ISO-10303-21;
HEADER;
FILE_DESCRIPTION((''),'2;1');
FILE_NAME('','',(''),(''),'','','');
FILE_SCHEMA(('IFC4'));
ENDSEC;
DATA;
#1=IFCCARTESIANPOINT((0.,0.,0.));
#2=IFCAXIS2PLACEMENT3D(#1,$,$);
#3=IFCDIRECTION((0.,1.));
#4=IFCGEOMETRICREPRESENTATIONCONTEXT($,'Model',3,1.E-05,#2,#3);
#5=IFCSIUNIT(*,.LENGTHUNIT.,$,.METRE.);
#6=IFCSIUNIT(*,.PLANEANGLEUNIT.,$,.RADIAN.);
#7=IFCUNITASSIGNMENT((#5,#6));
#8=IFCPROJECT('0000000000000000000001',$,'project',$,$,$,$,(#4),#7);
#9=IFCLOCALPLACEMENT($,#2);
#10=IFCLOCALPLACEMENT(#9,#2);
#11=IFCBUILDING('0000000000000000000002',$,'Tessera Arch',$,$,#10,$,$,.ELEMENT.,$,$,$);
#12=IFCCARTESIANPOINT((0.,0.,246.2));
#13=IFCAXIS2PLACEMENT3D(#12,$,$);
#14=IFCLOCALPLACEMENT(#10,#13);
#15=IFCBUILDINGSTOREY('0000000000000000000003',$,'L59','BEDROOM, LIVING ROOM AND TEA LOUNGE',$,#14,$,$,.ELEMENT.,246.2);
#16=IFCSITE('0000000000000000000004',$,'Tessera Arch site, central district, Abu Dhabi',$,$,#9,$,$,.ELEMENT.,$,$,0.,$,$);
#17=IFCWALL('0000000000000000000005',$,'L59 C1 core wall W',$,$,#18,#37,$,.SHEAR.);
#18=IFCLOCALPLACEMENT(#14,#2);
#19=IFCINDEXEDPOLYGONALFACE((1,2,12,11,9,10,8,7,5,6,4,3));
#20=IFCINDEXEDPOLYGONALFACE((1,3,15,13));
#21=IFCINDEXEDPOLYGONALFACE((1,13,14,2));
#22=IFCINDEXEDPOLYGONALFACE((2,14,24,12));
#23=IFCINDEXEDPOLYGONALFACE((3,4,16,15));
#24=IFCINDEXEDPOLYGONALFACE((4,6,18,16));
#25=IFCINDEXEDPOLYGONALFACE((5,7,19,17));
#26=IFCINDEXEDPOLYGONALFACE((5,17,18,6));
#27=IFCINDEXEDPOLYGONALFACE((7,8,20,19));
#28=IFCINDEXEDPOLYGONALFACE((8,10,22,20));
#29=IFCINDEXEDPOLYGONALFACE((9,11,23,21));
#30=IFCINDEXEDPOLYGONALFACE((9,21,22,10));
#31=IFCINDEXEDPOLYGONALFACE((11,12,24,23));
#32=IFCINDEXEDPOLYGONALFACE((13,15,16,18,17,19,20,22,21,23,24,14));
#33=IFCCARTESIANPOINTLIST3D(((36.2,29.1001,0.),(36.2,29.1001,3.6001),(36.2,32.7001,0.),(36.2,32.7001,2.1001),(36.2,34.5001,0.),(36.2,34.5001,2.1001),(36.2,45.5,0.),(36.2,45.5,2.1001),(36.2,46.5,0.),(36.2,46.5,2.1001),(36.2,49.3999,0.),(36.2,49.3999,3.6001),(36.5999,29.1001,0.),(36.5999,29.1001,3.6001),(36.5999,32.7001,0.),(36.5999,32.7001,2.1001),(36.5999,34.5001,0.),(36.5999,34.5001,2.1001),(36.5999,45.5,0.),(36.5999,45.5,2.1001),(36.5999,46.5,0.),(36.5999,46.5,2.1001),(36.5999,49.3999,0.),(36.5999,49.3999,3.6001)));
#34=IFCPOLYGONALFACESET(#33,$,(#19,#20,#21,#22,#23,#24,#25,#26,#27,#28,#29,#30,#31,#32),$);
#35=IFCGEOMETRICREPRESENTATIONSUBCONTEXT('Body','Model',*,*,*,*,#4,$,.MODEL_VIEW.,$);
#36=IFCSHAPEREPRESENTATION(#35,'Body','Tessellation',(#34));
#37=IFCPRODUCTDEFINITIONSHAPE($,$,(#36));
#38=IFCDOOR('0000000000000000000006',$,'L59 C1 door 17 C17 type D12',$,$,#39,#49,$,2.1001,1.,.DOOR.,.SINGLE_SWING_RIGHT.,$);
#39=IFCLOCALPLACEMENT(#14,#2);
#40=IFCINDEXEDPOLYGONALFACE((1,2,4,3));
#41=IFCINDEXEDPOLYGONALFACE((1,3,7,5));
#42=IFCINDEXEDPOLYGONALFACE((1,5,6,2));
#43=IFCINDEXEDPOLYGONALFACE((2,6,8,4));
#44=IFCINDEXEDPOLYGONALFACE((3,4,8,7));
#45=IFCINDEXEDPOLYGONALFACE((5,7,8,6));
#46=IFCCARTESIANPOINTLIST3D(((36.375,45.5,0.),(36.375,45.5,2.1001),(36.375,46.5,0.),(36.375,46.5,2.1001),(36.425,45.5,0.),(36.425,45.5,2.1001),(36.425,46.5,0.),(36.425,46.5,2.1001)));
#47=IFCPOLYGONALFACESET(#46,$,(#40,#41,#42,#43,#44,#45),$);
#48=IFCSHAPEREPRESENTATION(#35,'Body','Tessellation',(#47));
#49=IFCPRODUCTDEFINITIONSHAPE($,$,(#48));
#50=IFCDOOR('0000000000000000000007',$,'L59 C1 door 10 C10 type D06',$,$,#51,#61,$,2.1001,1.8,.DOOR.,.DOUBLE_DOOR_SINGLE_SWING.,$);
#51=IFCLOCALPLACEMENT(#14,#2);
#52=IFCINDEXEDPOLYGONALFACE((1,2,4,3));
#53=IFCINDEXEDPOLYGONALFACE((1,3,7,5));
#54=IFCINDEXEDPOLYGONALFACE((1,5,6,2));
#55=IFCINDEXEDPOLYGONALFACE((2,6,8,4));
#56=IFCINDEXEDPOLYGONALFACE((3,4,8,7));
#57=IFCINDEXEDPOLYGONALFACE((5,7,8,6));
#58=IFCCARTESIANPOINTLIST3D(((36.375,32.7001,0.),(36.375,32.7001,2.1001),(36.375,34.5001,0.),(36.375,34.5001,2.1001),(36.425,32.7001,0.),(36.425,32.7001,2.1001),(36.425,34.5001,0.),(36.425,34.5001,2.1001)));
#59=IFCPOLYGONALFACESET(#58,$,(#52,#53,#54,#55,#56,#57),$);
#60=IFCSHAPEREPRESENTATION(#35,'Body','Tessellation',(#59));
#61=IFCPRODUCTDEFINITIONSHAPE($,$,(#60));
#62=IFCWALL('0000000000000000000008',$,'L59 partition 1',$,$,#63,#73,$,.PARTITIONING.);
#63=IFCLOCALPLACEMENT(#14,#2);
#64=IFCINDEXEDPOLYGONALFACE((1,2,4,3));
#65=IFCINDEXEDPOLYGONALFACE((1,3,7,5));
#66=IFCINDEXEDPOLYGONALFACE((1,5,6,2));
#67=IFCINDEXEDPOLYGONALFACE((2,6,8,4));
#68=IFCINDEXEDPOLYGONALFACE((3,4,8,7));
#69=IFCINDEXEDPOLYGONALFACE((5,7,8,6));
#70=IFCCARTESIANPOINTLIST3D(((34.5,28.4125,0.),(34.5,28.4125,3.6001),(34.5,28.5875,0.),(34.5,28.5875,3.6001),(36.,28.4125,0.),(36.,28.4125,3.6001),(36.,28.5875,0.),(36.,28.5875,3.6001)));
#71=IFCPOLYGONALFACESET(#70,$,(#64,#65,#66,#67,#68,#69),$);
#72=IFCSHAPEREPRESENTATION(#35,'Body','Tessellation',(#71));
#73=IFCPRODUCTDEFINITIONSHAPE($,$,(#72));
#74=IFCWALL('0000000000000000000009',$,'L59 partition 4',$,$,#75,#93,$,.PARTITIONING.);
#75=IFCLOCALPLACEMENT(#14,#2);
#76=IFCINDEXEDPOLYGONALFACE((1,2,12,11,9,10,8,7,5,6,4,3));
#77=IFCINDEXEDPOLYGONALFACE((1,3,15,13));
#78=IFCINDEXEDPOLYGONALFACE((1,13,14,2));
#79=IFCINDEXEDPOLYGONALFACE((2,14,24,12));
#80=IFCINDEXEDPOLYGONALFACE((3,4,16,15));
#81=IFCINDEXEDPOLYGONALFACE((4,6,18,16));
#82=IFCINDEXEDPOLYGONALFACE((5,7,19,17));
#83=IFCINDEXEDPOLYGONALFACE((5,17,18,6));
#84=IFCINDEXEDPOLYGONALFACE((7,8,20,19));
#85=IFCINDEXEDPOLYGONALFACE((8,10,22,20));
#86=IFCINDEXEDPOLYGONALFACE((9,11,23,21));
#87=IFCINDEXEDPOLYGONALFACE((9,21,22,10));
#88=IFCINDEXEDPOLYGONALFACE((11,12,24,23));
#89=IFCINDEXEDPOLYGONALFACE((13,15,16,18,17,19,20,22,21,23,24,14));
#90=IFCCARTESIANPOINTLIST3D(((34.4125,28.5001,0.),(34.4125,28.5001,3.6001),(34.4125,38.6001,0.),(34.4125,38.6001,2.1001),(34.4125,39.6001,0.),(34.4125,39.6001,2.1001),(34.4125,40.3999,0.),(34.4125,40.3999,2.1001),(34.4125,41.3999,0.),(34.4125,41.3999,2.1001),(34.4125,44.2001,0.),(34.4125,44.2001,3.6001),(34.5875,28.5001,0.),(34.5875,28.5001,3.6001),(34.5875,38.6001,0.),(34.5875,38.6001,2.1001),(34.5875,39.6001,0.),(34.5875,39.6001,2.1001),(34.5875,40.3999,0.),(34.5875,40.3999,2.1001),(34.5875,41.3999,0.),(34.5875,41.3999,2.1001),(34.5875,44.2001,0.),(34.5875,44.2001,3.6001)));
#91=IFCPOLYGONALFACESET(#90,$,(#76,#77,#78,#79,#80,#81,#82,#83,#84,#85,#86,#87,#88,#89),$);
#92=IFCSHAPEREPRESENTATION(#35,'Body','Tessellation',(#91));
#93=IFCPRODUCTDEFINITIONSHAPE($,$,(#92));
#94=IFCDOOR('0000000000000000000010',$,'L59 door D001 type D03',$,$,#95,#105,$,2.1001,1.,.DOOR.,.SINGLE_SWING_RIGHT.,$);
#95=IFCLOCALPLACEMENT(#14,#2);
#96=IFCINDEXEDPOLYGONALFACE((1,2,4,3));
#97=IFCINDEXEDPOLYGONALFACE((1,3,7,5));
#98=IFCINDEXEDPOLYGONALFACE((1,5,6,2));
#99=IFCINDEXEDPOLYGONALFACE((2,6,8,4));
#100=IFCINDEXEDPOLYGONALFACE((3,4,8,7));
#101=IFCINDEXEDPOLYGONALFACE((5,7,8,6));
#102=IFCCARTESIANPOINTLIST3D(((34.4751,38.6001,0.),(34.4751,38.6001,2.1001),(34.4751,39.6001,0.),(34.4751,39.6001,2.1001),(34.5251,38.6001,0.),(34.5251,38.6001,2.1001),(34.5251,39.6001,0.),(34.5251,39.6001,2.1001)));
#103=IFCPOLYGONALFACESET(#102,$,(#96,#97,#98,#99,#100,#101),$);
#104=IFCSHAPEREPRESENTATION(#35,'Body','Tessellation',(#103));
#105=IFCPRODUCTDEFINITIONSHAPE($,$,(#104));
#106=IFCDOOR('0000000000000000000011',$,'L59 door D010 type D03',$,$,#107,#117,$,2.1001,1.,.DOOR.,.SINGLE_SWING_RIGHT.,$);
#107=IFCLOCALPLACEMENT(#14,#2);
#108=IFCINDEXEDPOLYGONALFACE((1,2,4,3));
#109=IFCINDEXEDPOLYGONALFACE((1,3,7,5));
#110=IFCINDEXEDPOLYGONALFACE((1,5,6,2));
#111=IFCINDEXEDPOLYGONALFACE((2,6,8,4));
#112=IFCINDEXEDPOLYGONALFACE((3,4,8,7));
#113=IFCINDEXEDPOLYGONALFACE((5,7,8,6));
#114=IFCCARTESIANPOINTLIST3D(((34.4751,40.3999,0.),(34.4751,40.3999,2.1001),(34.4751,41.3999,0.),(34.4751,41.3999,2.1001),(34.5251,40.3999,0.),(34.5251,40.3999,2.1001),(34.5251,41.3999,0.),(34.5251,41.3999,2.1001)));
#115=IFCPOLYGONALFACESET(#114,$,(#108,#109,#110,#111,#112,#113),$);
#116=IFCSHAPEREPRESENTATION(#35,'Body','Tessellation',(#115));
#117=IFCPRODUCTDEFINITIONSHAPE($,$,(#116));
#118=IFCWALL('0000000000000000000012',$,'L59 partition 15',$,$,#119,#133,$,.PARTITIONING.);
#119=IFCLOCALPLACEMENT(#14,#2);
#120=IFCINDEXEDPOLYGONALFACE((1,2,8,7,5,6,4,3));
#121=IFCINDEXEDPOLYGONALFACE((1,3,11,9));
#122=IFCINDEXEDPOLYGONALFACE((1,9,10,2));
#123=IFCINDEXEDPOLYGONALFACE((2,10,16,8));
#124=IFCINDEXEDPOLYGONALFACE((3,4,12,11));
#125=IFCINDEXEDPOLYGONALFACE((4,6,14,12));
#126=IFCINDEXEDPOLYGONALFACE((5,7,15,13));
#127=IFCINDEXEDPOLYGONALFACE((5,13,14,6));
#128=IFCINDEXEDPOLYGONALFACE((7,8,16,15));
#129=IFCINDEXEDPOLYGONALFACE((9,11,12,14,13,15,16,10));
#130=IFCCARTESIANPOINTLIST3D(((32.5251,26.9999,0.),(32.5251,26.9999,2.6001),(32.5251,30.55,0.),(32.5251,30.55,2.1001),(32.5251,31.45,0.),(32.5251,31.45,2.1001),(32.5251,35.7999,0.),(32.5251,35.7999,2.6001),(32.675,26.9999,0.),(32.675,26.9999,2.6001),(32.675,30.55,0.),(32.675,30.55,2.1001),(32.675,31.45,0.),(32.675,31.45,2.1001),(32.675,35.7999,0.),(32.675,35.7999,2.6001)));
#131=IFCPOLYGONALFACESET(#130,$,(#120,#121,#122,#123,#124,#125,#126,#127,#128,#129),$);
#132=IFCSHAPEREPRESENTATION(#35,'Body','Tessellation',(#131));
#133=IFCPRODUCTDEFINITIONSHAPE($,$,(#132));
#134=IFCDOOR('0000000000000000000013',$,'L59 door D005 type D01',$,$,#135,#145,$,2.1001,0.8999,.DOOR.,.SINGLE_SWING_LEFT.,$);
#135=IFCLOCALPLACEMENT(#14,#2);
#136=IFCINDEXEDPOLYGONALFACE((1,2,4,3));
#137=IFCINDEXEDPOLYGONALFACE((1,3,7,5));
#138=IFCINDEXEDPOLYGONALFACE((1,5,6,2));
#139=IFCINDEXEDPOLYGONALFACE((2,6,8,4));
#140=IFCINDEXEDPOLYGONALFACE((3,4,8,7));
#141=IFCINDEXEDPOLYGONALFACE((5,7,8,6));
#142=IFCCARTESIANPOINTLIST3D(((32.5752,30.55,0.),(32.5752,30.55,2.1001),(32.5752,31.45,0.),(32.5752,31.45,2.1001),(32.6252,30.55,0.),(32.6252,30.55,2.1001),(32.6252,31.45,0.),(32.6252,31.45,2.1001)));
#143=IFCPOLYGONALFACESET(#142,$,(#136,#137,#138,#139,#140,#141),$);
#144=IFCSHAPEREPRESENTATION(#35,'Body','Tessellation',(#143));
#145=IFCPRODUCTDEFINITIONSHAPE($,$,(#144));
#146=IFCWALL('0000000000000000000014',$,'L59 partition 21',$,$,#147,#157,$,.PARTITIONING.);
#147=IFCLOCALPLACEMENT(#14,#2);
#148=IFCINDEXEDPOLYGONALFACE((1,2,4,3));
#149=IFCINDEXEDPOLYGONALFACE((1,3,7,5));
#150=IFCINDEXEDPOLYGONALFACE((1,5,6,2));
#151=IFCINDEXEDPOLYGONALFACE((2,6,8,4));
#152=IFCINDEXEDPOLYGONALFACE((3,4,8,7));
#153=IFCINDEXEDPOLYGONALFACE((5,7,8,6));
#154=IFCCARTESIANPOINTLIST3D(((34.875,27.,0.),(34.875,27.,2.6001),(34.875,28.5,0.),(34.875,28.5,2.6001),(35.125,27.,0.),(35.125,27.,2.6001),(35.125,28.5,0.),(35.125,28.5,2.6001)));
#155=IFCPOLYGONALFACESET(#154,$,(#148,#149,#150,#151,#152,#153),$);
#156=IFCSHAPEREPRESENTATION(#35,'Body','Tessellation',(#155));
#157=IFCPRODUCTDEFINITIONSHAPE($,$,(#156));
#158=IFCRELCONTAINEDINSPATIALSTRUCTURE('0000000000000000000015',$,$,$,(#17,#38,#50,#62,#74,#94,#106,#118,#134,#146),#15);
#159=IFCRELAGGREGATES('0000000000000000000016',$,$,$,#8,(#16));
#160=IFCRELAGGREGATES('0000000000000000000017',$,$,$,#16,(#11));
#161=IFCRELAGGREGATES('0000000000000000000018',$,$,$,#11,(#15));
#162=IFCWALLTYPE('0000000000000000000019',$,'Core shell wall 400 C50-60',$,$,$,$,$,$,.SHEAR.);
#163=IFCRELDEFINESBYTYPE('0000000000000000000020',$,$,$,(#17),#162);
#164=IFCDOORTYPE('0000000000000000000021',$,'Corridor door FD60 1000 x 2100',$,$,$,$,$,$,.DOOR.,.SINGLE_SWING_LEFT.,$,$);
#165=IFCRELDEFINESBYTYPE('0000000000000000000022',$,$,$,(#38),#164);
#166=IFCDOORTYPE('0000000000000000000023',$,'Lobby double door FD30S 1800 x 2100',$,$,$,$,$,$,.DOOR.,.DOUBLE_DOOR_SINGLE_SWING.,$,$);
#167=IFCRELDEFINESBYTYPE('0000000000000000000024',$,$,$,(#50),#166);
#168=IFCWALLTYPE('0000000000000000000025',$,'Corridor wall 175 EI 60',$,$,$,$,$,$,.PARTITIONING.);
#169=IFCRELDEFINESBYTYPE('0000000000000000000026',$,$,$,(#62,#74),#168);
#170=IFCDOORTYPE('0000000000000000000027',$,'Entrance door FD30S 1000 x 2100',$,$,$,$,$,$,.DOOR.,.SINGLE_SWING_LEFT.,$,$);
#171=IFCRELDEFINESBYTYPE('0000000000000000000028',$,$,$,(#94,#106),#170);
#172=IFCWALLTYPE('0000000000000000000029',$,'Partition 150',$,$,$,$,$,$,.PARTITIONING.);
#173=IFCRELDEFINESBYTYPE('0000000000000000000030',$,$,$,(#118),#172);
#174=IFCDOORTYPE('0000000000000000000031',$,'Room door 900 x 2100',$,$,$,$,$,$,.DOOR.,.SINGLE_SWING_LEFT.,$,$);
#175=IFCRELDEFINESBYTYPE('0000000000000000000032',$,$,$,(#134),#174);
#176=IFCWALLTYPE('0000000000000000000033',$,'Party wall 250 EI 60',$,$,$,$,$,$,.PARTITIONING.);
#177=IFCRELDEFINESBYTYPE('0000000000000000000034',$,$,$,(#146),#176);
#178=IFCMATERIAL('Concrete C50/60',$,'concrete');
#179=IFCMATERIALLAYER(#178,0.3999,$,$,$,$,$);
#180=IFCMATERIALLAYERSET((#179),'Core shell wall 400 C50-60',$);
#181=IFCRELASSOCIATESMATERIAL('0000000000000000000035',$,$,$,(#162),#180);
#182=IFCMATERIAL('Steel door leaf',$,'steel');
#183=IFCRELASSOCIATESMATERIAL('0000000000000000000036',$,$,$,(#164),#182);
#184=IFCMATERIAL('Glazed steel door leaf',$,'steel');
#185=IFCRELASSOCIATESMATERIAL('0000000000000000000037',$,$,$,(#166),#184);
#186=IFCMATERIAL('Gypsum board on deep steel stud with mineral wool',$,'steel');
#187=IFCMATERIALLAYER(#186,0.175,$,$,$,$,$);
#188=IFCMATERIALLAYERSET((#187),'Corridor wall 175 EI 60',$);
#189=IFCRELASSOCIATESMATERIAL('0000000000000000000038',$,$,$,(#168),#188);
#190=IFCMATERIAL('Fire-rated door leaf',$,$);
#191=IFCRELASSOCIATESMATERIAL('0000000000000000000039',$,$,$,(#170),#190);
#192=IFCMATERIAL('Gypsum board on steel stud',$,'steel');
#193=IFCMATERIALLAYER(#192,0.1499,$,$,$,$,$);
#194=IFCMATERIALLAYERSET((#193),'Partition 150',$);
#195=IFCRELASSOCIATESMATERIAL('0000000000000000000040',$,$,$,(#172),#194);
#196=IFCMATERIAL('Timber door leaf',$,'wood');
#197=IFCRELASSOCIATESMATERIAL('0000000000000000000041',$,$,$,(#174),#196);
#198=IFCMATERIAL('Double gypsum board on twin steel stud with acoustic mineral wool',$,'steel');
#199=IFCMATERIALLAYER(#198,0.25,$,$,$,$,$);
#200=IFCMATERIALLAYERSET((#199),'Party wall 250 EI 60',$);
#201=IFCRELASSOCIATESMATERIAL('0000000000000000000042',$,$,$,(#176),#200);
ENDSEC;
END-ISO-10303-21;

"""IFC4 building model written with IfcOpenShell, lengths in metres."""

from ifc_helpers import new_model, si_unit, direction, frame, frame_2d, origin, place, context, subcontext, project, spatial, rectangle, extrude, material, layer, layer_set, type_object, element, fill, save


model = new_model("IFC4")

# Units and contexts
model_context = context("Model", 3, precision=1e-05, world=origin(), true_north=direction((0.0, 1.0)))
body_context = subcontext(model_context, "Body", "Model", "MODEL_VIEW")
ifc_project = project(units=[si_unit("LENGTHUNIT", "METRE"), si_unit("PLANEANGLEUNIT", "RADIAN")], contexts=[model_context])

# Site, building, storey
site_placement = place(None, origin())
site = spatial("IfcSite", under=ifc_project, at=site_placement, Name="Tessera Arch site, central district, Abu Dhabi", CompositionType="ELEMENT", RefElevation=0.0)
building_placement = place(site_placement, origin())
building = spatial("IfcBuilding", under=site, at=building_placement, Name="Tessera Arch", CompositionType="ELEMENT")
storey_placement = place(building_placement, frame((0.0, 0.0, 246.2)))
storey = spatial("IfcBuildingStorey", under=building, at=storey_placement, Name="L59", Description="BEDROOM, LIVING ROOM AND TEA LOUNGE", CompositionType="ELEMENT", Elevation=246.2)

# Wall, openings, doors
ifc_material_1 = material(Name="Concrete C50/60", Category="concrete")
ifc_layer_1 = layer(ifc_material_1, 0.3999)
ifc_layer_set_1 = layer_set([ifc_layer_1], Name="Core shell wall 400 C50-60")
wall_type_1 = type_object("IfcWallType", Name="Core shell wall 400 C50-60", PredefinedType="SHEAR", material=ifc_layer_set_1)
wall_1_placement = place(storey_placement, frame((36.3999, 29.1001, 0.0), z_axis=(0.0, 0.0, 1.0), x_axis=(0.0, 1.0, 0.0)))
wall_1 = element("IfcWall", 1, at=wall_1_placement, inside=storey, type_object=wall_type_1, Name="L59 C1 core wall W", PredefinedType="SHEAR", context=body_context, shape_type="SweptSolid", body=[
    extrude(rectangle(XDim=20.2998, YDim=0.3999, at=frame_2d((10.1499, 0.0))), origin(), (0.0, 0.0, 1.0), 3.6001),
])
opening_1_placement = place(wall_1_placement, frame((3.6001, 0.0, 0.0)))
opening_1 = element("IfcOpeningElement", 2, at=opening_1_placement, cuts=wall_1, PredefinedType="OPENING", context=body_context, shape_type="SweptSolid", body=[
    extrude(rectangle(XDim=1.8, YDim=2.1001, at=frame_2d((0.8999, 1.05))), frame((0.0, 0.21, 0.0), z_axis=(0.0, -1.0, 0.0), x_axis=(1.0, 0.0, 0.0)), (0.0, 0.0, 1.0), 0.4199),
])
opening_2_placement = place(wall_1_placement, frame((16.3999, 0.0, 0.0)))
opening_2 = element("IfcOpeningElement", 3, at=opening_2_placement, cuts=wall_1, PredefinedType="OPENING", context=body_context, shape_type="SweptSolid", body=[
    extrude(rectangle(XDim=1.0, YDim=2.1001, at=frame_2d((0.5, 1.05))), frame((0.0, 0.21, 0.0), z_axis=(0.0, -1.0, 0.0), x_axis=(1.0, 0.0, 0.0)), (0.0, 0.0, 1.0), 0.4199),
])
ifc_material_2 = material(Name="Steel door leaf", Category="steel")
door_type_1 = type_object("IfcDoorType", Name="Corridor door FD60 1000 x 2100", OperationType="SINGLE_SWING_LEFT", PredefinedType="DOOR", material=ifc_material_2)
door_1_placement = place(opening_2_placement, origin())
door_1 = element("IfcDoor", 4, at=door_1_placement, inside=storey, type_object=door_type_1, Name="L59 C1 door 17 C17 type D12", OperationType="SINGLE_SWING_RIGHT", OverallHeight=2.1001, OverallWidth=1.0, PredefinedType="DOOR", context=body_context, shape_type="SweptSolid", body=[
    extrude(rectangle(XDim=1.0, YDim=2.1001, at=frame_2d((0.5, 1.05))), frame((0.0, 0.0249, 0.0), z_axis=(0.0, -1.0, 0.0), x_axis=(1.0, 0.0, 0.0)), (0.0, 0.0, 1.0), 0.05),
])
fill(opening_2, door_1)
ifc_material_3 = material(Name="Glazed steel door leaf", Category="steel")
door_type_2 = type_object("IfcDoorType", Name="Lobby double door FD30S 1800 x 2100", OperationType="DOUBLE_DOOR_SINGLE_SWING", PredefinedType="DOOR", material=ifc_material_3)
door_2_placement = place(opening_1_placement, origin())
door_2 = element("IfcDoor", 5, at=door_2_placement, inside=storey, type_object=door_type_2, Name="L59 C1 door 10 C10 type D06", OperationType="DOUBLE_DOOR_SINGLE_SWING", OverallHeight=2.1001, OverallWidth=1.8, PredefinedType="DOOR", context=body_context, shape_type="SweptSolid", body=[
    extrude(rectangle(XDim=1.8, YDim=2.1001, at=frame_2d((0.8999, 1.05))), frame((0.0, 0.0249, 0.0), z_axis=(0.0, -1.0, 0.0), x_axis=(1.0, 0.0, 0.0)), (0.0, 0.0, 1.0), 0.05),
])
fill(opening_1, door_2)

# Wall
ifc_material_4 = material(Name="Gypsum board on deep steel stud with mineral wool", Category="steel")
ifc_layer_2 = layer(ifc_material_4, 0.175)
ifc_layer_set_2 = layer_set([ifc_layer_2], Name="Corridor wall 175 EI 60")
wall_type_2 = type_object("IfcWallType", Name="Corridor wall 175 EI 60", PredefinedType="PARTITIONING", material=ifc_layer_set_2)
wall_2_placement = place(storey_placement, frame((34.5, 28.5, 0.0), z_axis=(0.0, 0.0, 1.0), x_axis=(1.0, 0.0, 0.0)))
element("IfcWall", 6, at=wall_2_placement, inside=storey, type_object=wall_type_2, Name="L59 partition 1", PredefinedType="PARTITIONING", context=body_context, shape_type="SweptSolid", body=[
    extrude(rectangle(XDim=1.5, YDim=0.175, at=frame_2d((0.75, 0.0))), origin(), (0.0, 0.0, 1.0), 3.6001),
])

# Wall, openings, doors
wall_3_placement = place(storey_placement, frame((34.5, 28.5, 0.0), z_axis=(0.0, 0.0, 1.0), x_axis=(0.0, 1.0, 0.0)))
wall_3 = element("IfcWall", 7, at=wall_3_placement, inside=storey, type_object=wall_type_2, Name="L59 partition 4", PredefinedType="PARTITIONING", context=body_context, shape_type="SweptSolid", body=[
    extrude(rectangle(XDim=15.7, YDim=0.175, at=frame_2d((7.8501, 0.0))), origin(), (0.0, 0.0, 1.0), 3.6001),
])
opening_3_placement = place(wall_3_placement, frame((10.1001, 0.0, 0.0)))
opening_3 = element("IfcOpeningElement", 8, at=opening_3_placement, cuts=wall_3, PredefinedType="OPENING", context=body_context, shape_type="SweptSolid", body=[
    extrude(rectangle(XDim=1.0, YDim=2.1001, at=frame_2d((0.5, 1.05))), frame((0.0, 0.0974, 0.0), z_axis=(0.0, -1.0, 0.0), x_axis=(1.0, 0.0, 0.0)), (0.0, 0.0, 1.0), 0.1951),
])
opening_4_placement = place(wall_3_placement, frame((11.8999, 0.0, 0.0)))
opening_4 = element("IfcOpeningElement", 9, at=opening_4_placement, cuts=wall_3, PredefinedType="OPENING", context=body_context, shape_type="SweptSolid", body=[
    extrude(rectangle(XDim=1.0, YDim=2.1001, at=frame_2d((0.5, 1.05))), frame((0.0, 0.0974, 0.0), z_axis=(0.0, -1.0, 0.0), x_axis=(1.0, 0.0, 0.0)), (0.0, 0.0, 1.0), 0.1951),
])
ifc_material_5 = material(Name="Fire-rated door leaf")
door_type_3 = type_object("IfcDoorType", Name="Entrance door FD30S 1000 x 2100", OperationType="SINGLE_SWING_LEFT", PredefinedType="DOOR", material=ifc_material_5)
door_3_placement = place(opening_3_placement, origin())
door_3 = element("IfcDoor", 10, at=door_3_placement, inside=storey, type_object=door_type_3, Name="L59 door D001 type D03", OperationType="SINGLE_SWING_RIGHT", OverallHeight=2.1001, OverallWidth=1.0, PredefinedType="DOOR", context=body_context, shape_type="SweptSolid", body=[
    extrude(rectangle(XDim=1.0, YDim=2.1001, at=frame_2d((0.5, 1.05))), frame((0.0, 0.0249, 0.0), z_axis=(0.0, -1.0, 0.0), x_axis=(1.0, 0.0, 0.0)), (0.0, 0.0, 1.0), 0.05),
])
fill(opening_3, door_3)
door_4_placement = place(opening_4_placement, origin())
door_4 = element("IfcDoor", 11, at=door_4_placement, inside=storey, type_object=door_type_3, Name="L59 door D010 type D03", OperationType="SINGLE_SWING_RIGHT", OverallHeight=2.1001, OverallWidth=1.0, PredefinedType="DOOR", context=body_context, shape_type="SweptSolid", body=[
    extrude(rectangle(XDim=1.0, YDim=2.1001, at=frame_2d((0.5, 1.05))), frame((0.0, 0.0249, 0.0), z_axis=(0.0, -1.0, 0.0), x_axis=(1.0, 0.0, 0.0)), (0.0, 0.0, 1.0), 0.05),
])
fill(opening_4, door_4)

# Wall, opening, door
ifc_material_6 = material(Name="Gypsum board on steel stud", Category="steel")
ifc_layer_3 = layer(ifc_material_6, 0.1499)
ifc_layer_set_3 = layer_set([ifc_layer_3], Name="Partition 150")
wall_type_3 = type_object("IfcWallType", Name="Partition 150", PredefinedType="PARTITIONING", material=ifc_layer_set_3)
wall_4_placement = place(storey_placement, frame((32.6001, 27.0, 0.0), z_axis=(0.0, 0.0, 1.0), x_axis=(0.0, 1.0, 0.0)))
wall_4 = element("IfcWall", 12, at=wall_4_placement, inside=storey, type_object=wall_type_3, Name="L59 partition 15", PredefinedType="PARTITIONING", context=body_context, shape_type="SweptSolid", body=[
    extrude(rectangle(XDim=8.8, YDim=0.1499, at=frame_2d((4.3999, 0.0))), origin(), (0.0, 0.0, 1.0), 2.6001),
])
opening_5_placement = place(wall_4_placement, frame((3.55, 0.0, 0.0)))
opening_5 = element("IfcOpeningElement", 13, at=opening_5_placement, cuts=wall_4, PredefinedType="OPENING", context=body_context, shape_type="SweptSolid", body=[
    extrude(rectangle(XDim=0.8999, YDim=2.1001, at=frame_2d((0.45, 1.05))), frame((0.0, 0.085, 0.0), z_axis=(0.0, -1.0, 0.0), x_axis=(1.0, 0.0, 0.0)), (0.0, 0.0, 1.0), 0.1699),
])
ifc_material_7 = material(Name="Timber door leaf", Category="wood")
door_type_4 = type_object("IfcDoorType", Name="Room door 900 x 2100", OperationType="SINGLE_SWING_LEFT", PredefinedType="DOOR", material=ifc_material_7)
door_5_placement = place(opening_5_placement, origin())
door_5 = element("IfcDoor", 14, at=door_5_placement, inside=storey, type_object=door_type_4, Name="L59 door D005 type D01", OperationType="SINGLE_SWING_LEFT", OverallHeight=2.1001, OverallWidth=0.8999, PredefinedType="DOOR", context=body_context, shape_type="SweptSolid", body=[
    extrude(rectangle(XDim=0.8999, YDim=2.1001, at=frame_2d((0.45, 1.05))), frame((0.0, 0.0249, 0.0), z_axis=(0.0, -1.0, 0.0), x_axis=(1.0, 0.0, 0.0)), (0.0, 0.0, 1.0), 0.05),
])
fill(opening_5, door_5)

# Wall
ifc_material_8 = material(Name="Double gypsum board on twin steel stud with acoustic mineral wool", Category="steel")
ifc_layer_4 = layer(ifc_material_8, 0.25)
ifc_layer_set_4 = layer_set([ifc_layer_4], Name="Party wall 250 EI 60")
wall_type_4 = type_object("IfcWallType", Name="Party wall 250 EI 60", PredefinedType="PARTITIONING", material=ifc_layer_set_4)
wall_5_placement = place(storey_placement, frame((35.0, 27.0, 0.0), z_axis=(0.0, 0.0, 1.0), x_axis=(0.0, 1.0, 0.0)))
element("IfcWall", 15, at=wall_5_placement, inside=storey, type_object=wall_type_4, Name="L59 partition 21", PredefinedType="PARTITIONING", context=body_context, shape_type="SweptSolid", body=[
    extrude(rectangle(XDim=1.5, YDim=0.25, at=frame_2d((0.75, 0.0))), origin(), (0.0, 0.0, 1.0), 2.6001),
])

save(model, "model.ifc")
